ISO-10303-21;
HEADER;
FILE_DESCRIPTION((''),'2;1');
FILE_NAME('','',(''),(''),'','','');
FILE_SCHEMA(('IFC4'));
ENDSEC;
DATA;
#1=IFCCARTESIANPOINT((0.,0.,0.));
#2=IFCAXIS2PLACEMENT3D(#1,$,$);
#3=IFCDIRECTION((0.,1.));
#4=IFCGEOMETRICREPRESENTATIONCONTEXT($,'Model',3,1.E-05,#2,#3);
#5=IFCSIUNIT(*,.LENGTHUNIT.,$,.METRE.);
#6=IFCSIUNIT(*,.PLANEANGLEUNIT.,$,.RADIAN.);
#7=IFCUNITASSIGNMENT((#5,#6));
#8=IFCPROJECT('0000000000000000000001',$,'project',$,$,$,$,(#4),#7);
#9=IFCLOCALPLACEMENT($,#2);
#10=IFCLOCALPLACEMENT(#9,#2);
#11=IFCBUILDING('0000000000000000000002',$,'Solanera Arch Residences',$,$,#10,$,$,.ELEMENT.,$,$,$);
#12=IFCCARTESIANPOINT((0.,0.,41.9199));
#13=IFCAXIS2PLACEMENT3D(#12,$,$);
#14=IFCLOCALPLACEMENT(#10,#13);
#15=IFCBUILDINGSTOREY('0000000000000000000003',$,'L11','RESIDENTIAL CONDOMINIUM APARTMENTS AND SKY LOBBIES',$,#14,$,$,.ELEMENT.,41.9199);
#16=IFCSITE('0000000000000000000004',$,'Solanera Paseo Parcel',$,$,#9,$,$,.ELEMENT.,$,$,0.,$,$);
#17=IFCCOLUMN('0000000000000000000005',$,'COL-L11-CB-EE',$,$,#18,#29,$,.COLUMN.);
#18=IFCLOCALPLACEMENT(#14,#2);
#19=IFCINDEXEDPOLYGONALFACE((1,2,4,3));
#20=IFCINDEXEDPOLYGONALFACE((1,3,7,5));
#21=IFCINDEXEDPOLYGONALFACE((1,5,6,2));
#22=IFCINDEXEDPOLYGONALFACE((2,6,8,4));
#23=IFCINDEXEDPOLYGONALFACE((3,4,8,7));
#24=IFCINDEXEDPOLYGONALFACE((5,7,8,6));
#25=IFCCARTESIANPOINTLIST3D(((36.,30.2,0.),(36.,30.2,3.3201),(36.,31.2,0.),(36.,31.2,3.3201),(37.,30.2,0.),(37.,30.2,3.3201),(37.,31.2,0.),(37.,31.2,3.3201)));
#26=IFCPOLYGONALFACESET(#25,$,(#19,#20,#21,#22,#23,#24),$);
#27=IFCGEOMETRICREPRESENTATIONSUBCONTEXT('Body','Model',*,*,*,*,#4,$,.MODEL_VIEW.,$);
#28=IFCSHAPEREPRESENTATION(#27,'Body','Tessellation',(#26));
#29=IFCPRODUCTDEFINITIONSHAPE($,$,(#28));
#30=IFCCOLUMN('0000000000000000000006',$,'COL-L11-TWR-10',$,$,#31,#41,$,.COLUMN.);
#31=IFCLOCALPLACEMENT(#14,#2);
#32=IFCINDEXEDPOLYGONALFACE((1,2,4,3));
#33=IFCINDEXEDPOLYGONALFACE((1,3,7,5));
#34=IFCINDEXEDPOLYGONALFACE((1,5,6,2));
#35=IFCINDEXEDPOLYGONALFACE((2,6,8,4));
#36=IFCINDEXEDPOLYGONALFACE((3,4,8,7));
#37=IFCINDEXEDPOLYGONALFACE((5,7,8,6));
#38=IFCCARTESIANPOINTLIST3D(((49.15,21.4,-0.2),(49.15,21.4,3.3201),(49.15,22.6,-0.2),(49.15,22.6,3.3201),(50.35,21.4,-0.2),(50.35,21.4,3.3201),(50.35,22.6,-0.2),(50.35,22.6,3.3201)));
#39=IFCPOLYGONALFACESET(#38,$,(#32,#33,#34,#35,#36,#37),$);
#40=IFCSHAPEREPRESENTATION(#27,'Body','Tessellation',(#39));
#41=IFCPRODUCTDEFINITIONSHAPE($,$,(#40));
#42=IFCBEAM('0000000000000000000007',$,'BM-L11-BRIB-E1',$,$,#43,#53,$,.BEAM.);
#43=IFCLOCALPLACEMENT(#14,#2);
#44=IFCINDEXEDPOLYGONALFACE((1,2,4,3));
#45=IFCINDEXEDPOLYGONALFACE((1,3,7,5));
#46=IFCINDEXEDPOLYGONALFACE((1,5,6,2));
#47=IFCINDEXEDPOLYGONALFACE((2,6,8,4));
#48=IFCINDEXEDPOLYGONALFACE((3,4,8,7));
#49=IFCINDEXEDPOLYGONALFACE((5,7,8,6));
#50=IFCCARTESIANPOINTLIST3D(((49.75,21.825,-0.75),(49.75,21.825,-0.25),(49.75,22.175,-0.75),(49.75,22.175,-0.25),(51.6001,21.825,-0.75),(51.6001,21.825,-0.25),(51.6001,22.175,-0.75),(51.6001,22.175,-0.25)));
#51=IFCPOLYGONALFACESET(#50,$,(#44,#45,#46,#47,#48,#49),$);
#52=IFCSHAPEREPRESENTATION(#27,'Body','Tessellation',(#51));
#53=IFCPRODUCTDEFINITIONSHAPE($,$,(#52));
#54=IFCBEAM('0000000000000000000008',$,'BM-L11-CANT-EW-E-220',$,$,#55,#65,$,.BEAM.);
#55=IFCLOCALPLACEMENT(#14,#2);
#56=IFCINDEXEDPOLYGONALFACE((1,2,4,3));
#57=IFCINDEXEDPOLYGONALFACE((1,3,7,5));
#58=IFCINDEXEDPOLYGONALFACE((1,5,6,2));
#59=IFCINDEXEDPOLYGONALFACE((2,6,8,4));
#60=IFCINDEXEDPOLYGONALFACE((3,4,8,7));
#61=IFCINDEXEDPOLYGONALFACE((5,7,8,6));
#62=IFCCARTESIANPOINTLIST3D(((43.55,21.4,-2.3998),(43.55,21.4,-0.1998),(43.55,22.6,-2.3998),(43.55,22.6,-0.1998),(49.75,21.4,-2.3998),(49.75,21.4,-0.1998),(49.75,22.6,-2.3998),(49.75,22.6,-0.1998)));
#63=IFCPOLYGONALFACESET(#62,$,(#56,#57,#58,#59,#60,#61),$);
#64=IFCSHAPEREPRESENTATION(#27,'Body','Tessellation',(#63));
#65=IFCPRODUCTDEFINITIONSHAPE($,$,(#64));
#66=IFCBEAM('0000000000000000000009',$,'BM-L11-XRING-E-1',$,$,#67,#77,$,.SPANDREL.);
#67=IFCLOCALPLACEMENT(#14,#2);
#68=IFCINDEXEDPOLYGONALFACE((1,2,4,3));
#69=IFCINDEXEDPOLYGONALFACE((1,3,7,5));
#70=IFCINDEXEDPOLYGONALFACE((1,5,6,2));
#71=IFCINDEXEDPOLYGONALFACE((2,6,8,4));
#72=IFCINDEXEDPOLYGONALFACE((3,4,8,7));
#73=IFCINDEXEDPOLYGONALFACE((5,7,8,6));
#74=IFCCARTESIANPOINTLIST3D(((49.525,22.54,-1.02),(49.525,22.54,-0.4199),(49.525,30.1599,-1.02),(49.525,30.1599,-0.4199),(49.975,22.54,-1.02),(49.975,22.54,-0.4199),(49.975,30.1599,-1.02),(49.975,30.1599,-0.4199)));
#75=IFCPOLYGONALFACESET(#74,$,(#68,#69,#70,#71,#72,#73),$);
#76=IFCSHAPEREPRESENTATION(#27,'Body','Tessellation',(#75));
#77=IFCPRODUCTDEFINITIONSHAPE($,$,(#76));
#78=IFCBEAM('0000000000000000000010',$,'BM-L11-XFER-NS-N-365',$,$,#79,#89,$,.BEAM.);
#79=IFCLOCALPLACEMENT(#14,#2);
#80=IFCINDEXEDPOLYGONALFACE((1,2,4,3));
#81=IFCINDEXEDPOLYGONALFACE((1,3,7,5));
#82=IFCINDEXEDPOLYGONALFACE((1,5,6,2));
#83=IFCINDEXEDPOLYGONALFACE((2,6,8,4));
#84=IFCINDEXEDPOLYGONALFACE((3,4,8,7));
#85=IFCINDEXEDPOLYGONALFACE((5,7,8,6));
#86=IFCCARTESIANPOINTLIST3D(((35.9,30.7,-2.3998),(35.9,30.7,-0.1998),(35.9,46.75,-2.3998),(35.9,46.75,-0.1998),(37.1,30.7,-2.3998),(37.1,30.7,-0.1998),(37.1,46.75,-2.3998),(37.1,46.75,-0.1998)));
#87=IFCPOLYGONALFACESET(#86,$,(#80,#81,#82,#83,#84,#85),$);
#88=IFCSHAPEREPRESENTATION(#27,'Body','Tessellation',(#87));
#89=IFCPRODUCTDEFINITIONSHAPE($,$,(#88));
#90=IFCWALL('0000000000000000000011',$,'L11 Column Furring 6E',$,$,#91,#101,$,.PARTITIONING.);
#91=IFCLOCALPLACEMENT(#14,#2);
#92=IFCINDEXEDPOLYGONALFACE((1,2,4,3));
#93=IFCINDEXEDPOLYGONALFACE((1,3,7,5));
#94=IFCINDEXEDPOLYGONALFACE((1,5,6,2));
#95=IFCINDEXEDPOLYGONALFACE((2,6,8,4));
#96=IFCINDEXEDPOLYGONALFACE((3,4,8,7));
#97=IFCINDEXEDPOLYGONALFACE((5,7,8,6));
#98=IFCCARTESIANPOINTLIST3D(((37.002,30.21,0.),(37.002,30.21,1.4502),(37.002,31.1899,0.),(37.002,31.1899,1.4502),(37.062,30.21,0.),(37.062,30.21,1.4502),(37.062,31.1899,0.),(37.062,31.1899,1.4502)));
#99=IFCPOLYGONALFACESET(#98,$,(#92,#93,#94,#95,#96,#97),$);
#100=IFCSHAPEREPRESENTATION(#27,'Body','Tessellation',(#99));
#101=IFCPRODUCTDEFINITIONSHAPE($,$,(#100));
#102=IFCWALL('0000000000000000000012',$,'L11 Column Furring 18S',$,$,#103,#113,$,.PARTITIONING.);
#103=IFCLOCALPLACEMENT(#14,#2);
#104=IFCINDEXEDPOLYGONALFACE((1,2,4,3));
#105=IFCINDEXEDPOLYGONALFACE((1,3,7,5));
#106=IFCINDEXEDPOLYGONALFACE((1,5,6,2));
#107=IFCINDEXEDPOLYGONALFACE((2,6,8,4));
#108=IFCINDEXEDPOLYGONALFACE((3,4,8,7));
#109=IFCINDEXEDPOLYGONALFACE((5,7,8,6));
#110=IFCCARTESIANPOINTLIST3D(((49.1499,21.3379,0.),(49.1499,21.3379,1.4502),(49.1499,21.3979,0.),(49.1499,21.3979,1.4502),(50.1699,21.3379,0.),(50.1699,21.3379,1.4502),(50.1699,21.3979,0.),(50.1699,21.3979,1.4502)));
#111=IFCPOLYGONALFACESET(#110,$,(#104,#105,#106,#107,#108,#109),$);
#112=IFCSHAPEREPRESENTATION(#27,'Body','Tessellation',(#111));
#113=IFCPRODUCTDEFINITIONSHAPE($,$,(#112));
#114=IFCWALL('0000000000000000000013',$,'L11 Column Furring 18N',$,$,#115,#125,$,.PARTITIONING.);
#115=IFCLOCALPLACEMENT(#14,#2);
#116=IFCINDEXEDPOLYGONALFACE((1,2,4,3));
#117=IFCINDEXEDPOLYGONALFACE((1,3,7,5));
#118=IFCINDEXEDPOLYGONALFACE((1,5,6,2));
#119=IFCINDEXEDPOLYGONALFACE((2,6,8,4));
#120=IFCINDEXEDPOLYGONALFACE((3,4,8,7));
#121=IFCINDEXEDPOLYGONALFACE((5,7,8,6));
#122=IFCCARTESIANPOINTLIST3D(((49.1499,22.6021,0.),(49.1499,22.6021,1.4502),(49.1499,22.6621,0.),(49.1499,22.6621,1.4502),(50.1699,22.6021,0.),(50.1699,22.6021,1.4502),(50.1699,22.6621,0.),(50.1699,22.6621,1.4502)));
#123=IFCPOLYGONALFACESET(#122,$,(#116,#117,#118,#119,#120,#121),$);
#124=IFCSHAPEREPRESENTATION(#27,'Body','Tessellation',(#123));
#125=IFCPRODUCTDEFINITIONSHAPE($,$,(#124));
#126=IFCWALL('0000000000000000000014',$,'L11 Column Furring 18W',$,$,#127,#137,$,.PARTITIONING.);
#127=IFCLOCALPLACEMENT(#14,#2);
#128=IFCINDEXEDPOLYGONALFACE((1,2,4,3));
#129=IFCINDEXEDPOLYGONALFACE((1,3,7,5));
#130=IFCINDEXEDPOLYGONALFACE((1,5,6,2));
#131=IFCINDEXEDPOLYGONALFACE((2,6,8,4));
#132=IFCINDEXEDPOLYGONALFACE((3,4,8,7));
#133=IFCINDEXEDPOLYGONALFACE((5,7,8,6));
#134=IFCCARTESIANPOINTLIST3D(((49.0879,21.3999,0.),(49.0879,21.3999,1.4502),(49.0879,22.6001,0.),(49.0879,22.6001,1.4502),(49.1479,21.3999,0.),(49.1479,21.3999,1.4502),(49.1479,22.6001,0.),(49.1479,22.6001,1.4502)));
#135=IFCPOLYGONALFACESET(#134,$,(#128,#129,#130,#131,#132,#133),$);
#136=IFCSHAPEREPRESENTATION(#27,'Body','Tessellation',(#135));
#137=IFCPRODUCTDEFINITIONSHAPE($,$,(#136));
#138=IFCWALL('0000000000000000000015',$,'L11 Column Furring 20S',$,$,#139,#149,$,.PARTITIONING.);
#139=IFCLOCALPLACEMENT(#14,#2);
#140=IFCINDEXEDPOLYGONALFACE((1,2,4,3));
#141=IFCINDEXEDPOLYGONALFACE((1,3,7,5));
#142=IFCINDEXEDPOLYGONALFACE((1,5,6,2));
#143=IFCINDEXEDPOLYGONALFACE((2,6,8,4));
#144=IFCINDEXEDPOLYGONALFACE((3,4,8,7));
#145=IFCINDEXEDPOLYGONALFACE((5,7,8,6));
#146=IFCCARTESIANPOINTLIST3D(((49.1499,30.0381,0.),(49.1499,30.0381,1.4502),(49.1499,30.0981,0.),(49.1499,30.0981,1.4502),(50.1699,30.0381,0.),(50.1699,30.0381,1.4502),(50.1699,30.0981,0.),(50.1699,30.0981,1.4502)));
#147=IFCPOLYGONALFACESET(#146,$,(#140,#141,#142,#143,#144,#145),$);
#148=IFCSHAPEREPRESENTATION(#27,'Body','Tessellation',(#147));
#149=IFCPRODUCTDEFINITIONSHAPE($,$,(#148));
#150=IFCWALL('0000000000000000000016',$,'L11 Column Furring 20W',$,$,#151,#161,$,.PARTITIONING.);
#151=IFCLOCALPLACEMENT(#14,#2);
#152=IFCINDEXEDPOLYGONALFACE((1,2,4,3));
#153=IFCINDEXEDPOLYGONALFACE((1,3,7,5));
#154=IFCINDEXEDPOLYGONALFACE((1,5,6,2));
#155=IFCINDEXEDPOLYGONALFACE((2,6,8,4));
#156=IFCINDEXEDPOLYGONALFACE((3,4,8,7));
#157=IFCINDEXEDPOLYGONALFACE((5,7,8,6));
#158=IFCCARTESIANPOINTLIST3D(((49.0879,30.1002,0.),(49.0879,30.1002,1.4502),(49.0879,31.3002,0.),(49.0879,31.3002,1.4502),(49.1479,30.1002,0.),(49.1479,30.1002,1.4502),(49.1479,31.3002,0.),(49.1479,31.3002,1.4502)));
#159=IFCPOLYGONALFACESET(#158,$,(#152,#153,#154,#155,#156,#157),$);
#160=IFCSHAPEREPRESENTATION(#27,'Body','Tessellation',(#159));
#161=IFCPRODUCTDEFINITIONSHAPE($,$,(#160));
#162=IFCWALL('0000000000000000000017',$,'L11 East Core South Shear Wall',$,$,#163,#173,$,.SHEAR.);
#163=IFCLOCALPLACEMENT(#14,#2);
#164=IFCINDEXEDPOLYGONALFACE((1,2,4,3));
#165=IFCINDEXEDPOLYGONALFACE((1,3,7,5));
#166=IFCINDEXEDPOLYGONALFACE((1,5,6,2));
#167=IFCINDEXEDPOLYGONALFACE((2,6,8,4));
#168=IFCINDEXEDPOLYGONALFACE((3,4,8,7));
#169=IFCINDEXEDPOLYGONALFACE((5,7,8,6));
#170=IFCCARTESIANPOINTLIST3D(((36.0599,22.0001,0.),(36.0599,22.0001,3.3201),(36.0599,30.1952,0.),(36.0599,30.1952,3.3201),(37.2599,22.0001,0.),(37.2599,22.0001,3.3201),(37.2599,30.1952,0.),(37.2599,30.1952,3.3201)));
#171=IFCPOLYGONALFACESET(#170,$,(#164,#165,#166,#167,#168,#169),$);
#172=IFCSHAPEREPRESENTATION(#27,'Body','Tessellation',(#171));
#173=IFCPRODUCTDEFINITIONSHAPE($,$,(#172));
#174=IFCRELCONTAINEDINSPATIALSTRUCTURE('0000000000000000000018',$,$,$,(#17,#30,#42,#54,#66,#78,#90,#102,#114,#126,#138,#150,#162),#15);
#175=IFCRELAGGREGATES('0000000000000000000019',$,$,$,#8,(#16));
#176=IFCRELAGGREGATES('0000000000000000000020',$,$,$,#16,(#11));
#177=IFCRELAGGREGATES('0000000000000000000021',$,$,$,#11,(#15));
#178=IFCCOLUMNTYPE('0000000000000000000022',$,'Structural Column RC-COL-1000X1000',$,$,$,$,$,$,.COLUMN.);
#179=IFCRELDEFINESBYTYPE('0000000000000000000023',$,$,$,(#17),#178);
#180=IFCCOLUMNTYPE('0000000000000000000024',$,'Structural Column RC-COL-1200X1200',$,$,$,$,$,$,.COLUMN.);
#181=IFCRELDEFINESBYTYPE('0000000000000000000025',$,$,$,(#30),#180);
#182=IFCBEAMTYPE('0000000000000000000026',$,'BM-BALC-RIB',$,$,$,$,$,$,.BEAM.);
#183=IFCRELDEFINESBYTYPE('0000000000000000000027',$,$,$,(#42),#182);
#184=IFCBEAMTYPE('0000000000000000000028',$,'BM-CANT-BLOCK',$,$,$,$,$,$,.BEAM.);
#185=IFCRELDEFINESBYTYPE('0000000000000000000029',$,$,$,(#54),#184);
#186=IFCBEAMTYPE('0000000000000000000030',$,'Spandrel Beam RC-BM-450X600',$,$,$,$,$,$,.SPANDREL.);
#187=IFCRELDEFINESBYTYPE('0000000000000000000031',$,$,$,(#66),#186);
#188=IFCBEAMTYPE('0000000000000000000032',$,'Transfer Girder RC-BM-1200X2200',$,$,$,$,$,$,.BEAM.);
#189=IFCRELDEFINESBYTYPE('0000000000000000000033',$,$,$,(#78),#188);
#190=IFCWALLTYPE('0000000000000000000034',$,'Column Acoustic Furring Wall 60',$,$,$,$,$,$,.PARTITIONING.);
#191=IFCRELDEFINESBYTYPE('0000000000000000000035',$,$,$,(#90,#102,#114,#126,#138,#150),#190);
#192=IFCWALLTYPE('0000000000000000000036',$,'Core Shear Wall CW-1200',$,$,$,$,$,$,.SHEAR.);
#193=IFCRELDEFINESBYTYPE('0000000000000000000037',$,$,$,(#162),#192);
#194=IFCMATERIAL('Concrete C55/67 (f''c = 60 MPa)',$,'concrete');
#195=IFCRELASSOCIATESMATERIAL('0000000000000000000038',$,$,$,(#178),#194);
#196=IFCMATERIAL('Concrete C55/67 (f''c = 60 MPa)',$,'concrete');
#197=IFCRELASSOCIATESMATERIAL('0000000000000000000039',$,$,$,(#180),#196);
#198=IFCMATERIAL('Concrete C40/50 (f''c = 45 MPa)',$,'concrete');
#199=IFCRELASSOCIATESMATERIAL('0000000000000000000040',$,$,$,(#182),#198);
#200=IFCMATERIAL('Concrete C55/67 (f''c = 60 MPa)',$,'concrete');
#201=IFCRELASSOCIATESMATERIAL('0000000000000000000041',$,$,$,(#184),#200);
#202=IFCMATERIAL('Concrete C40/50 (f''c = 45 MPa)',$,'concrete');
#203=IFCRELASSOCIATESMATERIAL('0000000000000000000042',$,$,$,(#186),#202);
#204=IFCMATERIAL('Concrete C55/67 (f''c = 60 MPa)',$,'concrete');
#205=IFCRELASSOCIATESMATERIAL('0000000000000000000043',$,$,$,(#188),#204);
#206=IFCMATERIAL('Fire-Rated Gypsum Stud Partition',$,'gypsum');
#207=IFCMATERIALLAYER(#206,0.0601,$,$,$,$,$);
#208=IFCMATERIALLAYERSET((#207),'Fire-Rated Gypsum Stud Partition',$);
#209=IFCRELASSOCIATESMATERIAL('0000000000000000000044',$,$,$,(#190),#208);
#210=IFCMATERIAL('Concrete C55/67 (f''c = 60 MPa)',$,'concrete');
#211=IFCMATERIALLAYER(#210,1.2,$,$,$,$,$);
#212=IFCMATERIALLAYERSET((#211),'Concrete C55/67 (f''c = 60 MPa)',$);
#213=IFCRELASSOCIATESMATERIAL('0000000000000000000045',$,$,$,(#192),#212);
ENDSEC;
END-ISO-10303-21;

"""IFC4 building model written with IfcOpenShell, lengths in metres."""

from ifc_helpers import new_model, si_unit, direction, frame, frame_2d, origin, origin_2d, place, context, subcontext, project, spatial, rectangle, extrude, material, layer, layer_set, material_profile, profile_set, type_object, element, save


model = new_model("IFC4")

# Units and contexts
model_context = context("Model", 3, precision=1e-05, world=origin(), true_north=direction((0.0, 1.0)))
body_context = subcontext(model_context, "Body", "Model", "MODEL_VIEW")
ifc_project = project(units=[si_unit("LENGTHUNIT", "METRE"), si_unit("PLANEANGLEUNIT", "RADIAN")], contexts=[model_context])

# Site, building, storey
site_placement = place(None, origin())
site = spatial("IfcSite", under=ifc_project, at=site_placement, Name="Solanera Paseo Parcel", CompositionType="ELEMENT", RefElevation=0.0)
building_placement = place(site_placement, origin())
building = spatial("IfcBuilding", under=site, at=building_placement, Name="Solanera Arch Residences", CompositionType="ELEMENT")
storey_placement = place(building_placement, frame((0.0, 0.0, 41.9199)))
storey = spatial("IfcBuildingStorey", under=building, at=storey_placement, Name="L11", Description="RESIDENTIAL CONDOMINIUM APARTMENTS AND SKY LOBBIES", CompositionType="ELEMENT", Elevation=41.9199)

# Columns
ifc_material_1 = material(Name="Concrete C55/67 (f'c = 60 MPa)", Category="concrete")
ifc_material_profile_1 = material_profile(ifc_material_1, rectangle(XDim=1.0, YDim=1.0, at=origin_2d()))
ifc_profile_set_1 = profile_set([ifc_material_profile_1], Name="Concrete C55/67 (f'c = 60 MPa)")
column_type_1 = type_object("IfcColumnType", Name="Structural Column RC-COL-1000X1000", PredefinedType="COLUMN", material=ifc_profile_set_1)
column_1_placement = place(storey_placement, frame((36.5, 30.7, 0.0), z_axis=(0.0, 0.0, 1.0), x_axis=(1.0, 0.0, 0.0)))
element("IfcColumn", 1, at=column_1_placement, inside=storey, type_object=column_type_1, Name="COL-L11-CB-EE", PredefinedType="COLUMN", context=body_context, shape_type="SweptSolid", body=[
    extrude(rectangle(XDim=1.0, YDim=1.0, at=origin_2d()), origin(), (0.0, 0.0, 1.0), 3.3201),
])
ifc_material_2 = material(Name="Concrete C55/67 (f'c = 60 MPa)", Category="concrete")
ifc_material_profile_2 = material_profile(ifc_material_2, rectangle(XDim=1.2, YDim=1.2, at=origin_2d()))
ifc_profile_set_2 = profile_set([ifc_material_profile_2], Name="Concrete C55/67 (f'c = 60 MPa)")
column_type_2 = type_object("IfcColumnType", Name="Structural Column RC-COL-1200X1200", PredefinedType="COLUMN", material=ifc_profile_set_2)
column_2_placement = place(storey_placement, frame((49.75, 22.0, -0.2), z_axis=(0.0, 0.0, 1.0), x_axis=(1.0, 0.0, 0.0)))
element("IfcColumn", 2, at=column_2_placement, inside=storey, type_object=column_type_2, Name="COL-L11-TWR-10", PredefinedType="COLUMN", context=body_context, shape_type="SweptSolid", body=[
    extrude(rectangle(XDim=1.2, YDim=1.2, at=origin_2d()), origin(), (0.0, 0.0, 1.0), 3.52),
])

# Beams
ifc_material_3 = material(Name="Concrete C40/50 (f'c = 45 MPa)", Category="concrete")
ifc_material_profile_3 = material_profile(ifc_material_3, rectangle(XDim=0.3501, YDim=0.5, at=origin_2d()))
ifc_profile_set_3 = profile_set([ifc_material_profile_3], Name="Concrete C40/50 (f'c = 45 MPa)")
beam_type_1 = type_object("IfcBeamType", Name="BM-BALC-RIB", PredefinedType="BEAM", material=ifc_profile_set_3)
beam_1_placement = place(storey_placement, frame((49.75, 22.0, -0.5), z_axis=(1.0, 0.0, 0.0), x_axis=(0.0, 1.0, 0.0)))
element("IfcBeam", 3, at=beam_1_placement, inside=storey, type_object=beam_type_1, Name="BM-L11-BRIB-E1", PredefinedType="BEAM", context=body_context, shape_type="SweptSolid", body=[
    extrude(rectangle(XDim=0.3501, YDim=0.5, at=origin_2d()), origin(), (0.0, 0.0, 1.0), 1.8501),
])
ifc_material_4 = material(Name="Concrete C55/67 (f'c = 60 MPa)", Category="concrete")
ifc_material_profile_4 = material_profile(ifc_material_4, rectangle(XDim=1.2, YDim=2.2, at=origin_2d()))
ifc_profile_set_4 = profile_set([ifc_material_profile_4], Name="Concrete C55/67 (f'c = 60 MPa)")
beam_type_2 = type_object("IfcBeamType", Name="BM-CANT-BLOCK", PredefinedType="BEAM", material=ifc_profile_set_4)
beam_2_placement = place(storey_placement, frame((43.55, 22.0, -1.2998), z_axis=(1.0, 0.0, 0.0), x_axis=(0.0, 1.0, 0.0)))
element("IfcBeam", 4, at=beam_2_placement, inside=storey, type_object=beam_type_2, Name="BM-L11-CANT-EW-E-220", PredefinedType="BEAM", context=body_context, shape_type="SweptSolid", body=[
    extrude(rectangle(XDim=1.2, YDim=2.2, at=origin_2d()), origin(), (0.0, 0.0, 1.0), 6.2),
])
ifc_material_5 = material(Name="Concrete C40/50 (f'c = 45 MPa)", Category="concrete")
ifc_material_profile_5 = material_profile(ifc_material_5, rectangle(XDim=0.45, YDim=0.6001, at=origin_2d()))
ifc_profile_set_5 = profile_set([ifc_material_profile_5], Name="Concrete C40/50 (f'c = 45 MPa)")
beam_type_3 = type_object("IfcBeamType", Name="Spandrel Beam RC-BM-450X600", PredefinedType="SPANDREL", material=ifc_profile_set_5)
beam_3_placement = place(storey_placement, frame((49.75, 22.54, -0.72), z_axis=(0.0, 1.0, 0.0), x_axis=(-1.0, 0.0, 0.0)))
element("IfcBeam", 5, at=beam_3_placement, inside=storey, type_object=beam_type_3, Name="BM-L11-XRING-E-1", PredefinedType="SPANDREL", context=body_context, shape_type="SweptSolid", body=[
    extrude(rectangle(XDim=0.45, YDim=0.6001, at=origin_2d()), origin(), (0.0, 0.0, 1.0), 7.6199),
])
ifc_material_6 = material(Name="Concrete C55/67 (f'c = 60 MPa)", Category="concrete")
ifc_material_profile_6 = material_profile(ifc_material_6, rectangle(XDim=1.2, YDim=2.2, at=origin_2d()))
ifc_profile_set_6 = profile_set([ifc_material_profile_6], Name="Concrete C55/67 (f'c = 60 MPa)")
beam_type_4 = type_object("IfcBeamType", Name="Transfer Girder RC-BM-1200X2200", PredefinedType="BEAM", material=ifc_profile_set_6)
beam_4_placement = place(storey_placement, frame((36.5, 30.7, -1.2998), z_axis=(0.0, 1.0, 0.0), x_axis=(-1.0, 0.0, 0.0)))
element("IfcBeam", 6, at=beam_4_placement, inside=storey, type_object=beam_type_4, Name="BM-L11-XFER-NS-N-365", PredefinedType="BEAM", context=body_context, shape_type="SweptSolid", body=[
    extrude(rectangle(XDim=1.2, YDim=2.2, at=origin_2d()), origin(), (0.0, 0.0, 1.0), 16.05),
])

# Walls
ifc_material_7 = material(Name="Fire-Rated Gypsum Stud Partition", Category="gypsum")
ifc_layer_1 = layer(ifc_material_7, 0.0601)
ifc_layer_set_1 = layer_set([ifc_layer_1], Name="Fire-Rated Gypsum Stud Partition")
wall_type_1 = type_object("IfcWallType", Name="Column Acoustic Furring Wall 60", PredefinedType="PARTITIONING", material=ifc_layer_set_1)
wall_1_placement = place(storey_placement, frame((37.032, 30.21, 0.0), z_axis=(0.0, 0.0, 1.0), x_axis=(0.0, 1.0, 0.0)))
element("IfcWall", 7, at=wall_1_placement, inside=storey, type_object=wall_type_1, Name="L11 Column Furring 6E", PredefinedType="PARTITIONING", context=body_context, shape_type="SweptSolid", body=[
    extrude(rectangle(XDim=0.98, YDim=0.0601, at=frame_2d((0.49, 0.0))), origin(), (0.0, 0.0, 1.0), 1.4502),
])
for number, where, z_axis, x_axis, name in (
    (8, (49.1499, 21.3679, 0.0), (0.0, 0.0, 1.0), (1.0, 0.0, 0.0), "L11 Column Furring 18S"),
    (9, (49.1499, 22.6321, 0.0), (0.0, 0.0, 1.0), (1.0, 0.0, 0.0), "L11 Column Furring 18N"),
):
    element("IfcWall", number, at=place(storey_placement, frame(where, z_axis=z_axis, x_axis=x_axis)), inside=storey, type_object=wall_type_1, Name=name, PredefinedType="PARTITIONING", context=body_context, shape_type="SweptSolid", body=[
        extrude(rectangle(XDim=1.02, YDim=0.0601, at=frame_2d((0.51, 0.0))), origin(), (0.0, 0.0, 1.0), 1.4502),
    ])
wall_2_placement = place(storey_placement, frame((49.1179, 21.3999, 0.0), z_axis=(0.0, 0.0, 1.0), x_axis=(0.0, 1.0, 0.0)))
element("IfcWall", 10, at=wall_2_placement, inside=storey, type_object=wall_type_1, Name="L11 Column Furring 18W", PredefinedType="PARTITIONING", context=body_context, shape_type="SweptSolid", body=[
    extrude(rectangle(XDim=1.2002, YDim=0.0601, at=frame_2d((0.6001, 0.0))), origin(), (0.0, 0.0, 1.0), 1.4502),
])
wall_3_placement = place(storey_placement, frame((49.1499, 30.0681, 0.0), z_axis=(0.0, 0.0, 1.0), x_axis=(1.0, 0.0, 0.0)))
element("IfcWall", 11, at=wall_3_placement, inside=storey, type_object=wall_type_1, Name="L11 Column Furring 20S", PredefinedType="PARTITIONING", context=body_context, shape_type="SweptSolid", body=[
    extrude(rectangle(XDim=1.02, YDim=0.0601, at=frame_2d((0.51, 0.0))), origin(), (0.0, 0.0, 1.0), 1.4502),
])
wall_4_placement = place(storey_placement, frame((49.1179, 30.1001, 0.0), z_axis=(0.0, 0.0, 1.0), x_axis=(0.0, 1.0, 0.0)))
element("IfcWall", 12, at=wall_4_placement, inside=storey, type_object=wall_type_1, Name="L11 Column Furring 20W", PredefinedType="PARTITIONING", context=body_context, shape_type="SweptSolid", body=[
    extrude(rectangle(XDim=1.2, YDim=0.0601, at=frame_2d((0.6001, 0.0))), origin(), (0.0, 0.0, 1.0), 1.4502),
])
ifc_material_8 = material(Name="Concrete C55/67 (f'c = 60 MPa)", Category="concrete")
ifc_layer_2 = layer(ifc_material_8, 1.2)
ifc_layer_set_2 = layer_set([ifc_layer_2], Name="Concrete C55/67 (f'c = 60 MPa)")
wall_type_2 = type_object("IfcWallType", Name="Core Shear Wall CW-1200", PredefinedType="SHEAR", material=ifc_layer_set_2)
wall_5_placement = place(storey_placement, frame((36.6599, 22.0, 0.0), z_axis=(0.0, 0.0, 1.0), x_axis=(0.0, 1.0, 0.0)))
element("IfcWall", 13, at=wall_5_placement, inside=storey, type_object=wall_type_2, Name="L11 East Core South Shear Wall", PredefinedType="SHEAR", context=body_context, shape_type="SweptSolid", body=[
    extrude(rectangle(XDim=8.1951, YDim=1.2, at=frame_2d((4.0977, 0.0))), origin(), (0.0, 0.0, 1.0), 3.3201),
])

save(model, "model.ifc")
